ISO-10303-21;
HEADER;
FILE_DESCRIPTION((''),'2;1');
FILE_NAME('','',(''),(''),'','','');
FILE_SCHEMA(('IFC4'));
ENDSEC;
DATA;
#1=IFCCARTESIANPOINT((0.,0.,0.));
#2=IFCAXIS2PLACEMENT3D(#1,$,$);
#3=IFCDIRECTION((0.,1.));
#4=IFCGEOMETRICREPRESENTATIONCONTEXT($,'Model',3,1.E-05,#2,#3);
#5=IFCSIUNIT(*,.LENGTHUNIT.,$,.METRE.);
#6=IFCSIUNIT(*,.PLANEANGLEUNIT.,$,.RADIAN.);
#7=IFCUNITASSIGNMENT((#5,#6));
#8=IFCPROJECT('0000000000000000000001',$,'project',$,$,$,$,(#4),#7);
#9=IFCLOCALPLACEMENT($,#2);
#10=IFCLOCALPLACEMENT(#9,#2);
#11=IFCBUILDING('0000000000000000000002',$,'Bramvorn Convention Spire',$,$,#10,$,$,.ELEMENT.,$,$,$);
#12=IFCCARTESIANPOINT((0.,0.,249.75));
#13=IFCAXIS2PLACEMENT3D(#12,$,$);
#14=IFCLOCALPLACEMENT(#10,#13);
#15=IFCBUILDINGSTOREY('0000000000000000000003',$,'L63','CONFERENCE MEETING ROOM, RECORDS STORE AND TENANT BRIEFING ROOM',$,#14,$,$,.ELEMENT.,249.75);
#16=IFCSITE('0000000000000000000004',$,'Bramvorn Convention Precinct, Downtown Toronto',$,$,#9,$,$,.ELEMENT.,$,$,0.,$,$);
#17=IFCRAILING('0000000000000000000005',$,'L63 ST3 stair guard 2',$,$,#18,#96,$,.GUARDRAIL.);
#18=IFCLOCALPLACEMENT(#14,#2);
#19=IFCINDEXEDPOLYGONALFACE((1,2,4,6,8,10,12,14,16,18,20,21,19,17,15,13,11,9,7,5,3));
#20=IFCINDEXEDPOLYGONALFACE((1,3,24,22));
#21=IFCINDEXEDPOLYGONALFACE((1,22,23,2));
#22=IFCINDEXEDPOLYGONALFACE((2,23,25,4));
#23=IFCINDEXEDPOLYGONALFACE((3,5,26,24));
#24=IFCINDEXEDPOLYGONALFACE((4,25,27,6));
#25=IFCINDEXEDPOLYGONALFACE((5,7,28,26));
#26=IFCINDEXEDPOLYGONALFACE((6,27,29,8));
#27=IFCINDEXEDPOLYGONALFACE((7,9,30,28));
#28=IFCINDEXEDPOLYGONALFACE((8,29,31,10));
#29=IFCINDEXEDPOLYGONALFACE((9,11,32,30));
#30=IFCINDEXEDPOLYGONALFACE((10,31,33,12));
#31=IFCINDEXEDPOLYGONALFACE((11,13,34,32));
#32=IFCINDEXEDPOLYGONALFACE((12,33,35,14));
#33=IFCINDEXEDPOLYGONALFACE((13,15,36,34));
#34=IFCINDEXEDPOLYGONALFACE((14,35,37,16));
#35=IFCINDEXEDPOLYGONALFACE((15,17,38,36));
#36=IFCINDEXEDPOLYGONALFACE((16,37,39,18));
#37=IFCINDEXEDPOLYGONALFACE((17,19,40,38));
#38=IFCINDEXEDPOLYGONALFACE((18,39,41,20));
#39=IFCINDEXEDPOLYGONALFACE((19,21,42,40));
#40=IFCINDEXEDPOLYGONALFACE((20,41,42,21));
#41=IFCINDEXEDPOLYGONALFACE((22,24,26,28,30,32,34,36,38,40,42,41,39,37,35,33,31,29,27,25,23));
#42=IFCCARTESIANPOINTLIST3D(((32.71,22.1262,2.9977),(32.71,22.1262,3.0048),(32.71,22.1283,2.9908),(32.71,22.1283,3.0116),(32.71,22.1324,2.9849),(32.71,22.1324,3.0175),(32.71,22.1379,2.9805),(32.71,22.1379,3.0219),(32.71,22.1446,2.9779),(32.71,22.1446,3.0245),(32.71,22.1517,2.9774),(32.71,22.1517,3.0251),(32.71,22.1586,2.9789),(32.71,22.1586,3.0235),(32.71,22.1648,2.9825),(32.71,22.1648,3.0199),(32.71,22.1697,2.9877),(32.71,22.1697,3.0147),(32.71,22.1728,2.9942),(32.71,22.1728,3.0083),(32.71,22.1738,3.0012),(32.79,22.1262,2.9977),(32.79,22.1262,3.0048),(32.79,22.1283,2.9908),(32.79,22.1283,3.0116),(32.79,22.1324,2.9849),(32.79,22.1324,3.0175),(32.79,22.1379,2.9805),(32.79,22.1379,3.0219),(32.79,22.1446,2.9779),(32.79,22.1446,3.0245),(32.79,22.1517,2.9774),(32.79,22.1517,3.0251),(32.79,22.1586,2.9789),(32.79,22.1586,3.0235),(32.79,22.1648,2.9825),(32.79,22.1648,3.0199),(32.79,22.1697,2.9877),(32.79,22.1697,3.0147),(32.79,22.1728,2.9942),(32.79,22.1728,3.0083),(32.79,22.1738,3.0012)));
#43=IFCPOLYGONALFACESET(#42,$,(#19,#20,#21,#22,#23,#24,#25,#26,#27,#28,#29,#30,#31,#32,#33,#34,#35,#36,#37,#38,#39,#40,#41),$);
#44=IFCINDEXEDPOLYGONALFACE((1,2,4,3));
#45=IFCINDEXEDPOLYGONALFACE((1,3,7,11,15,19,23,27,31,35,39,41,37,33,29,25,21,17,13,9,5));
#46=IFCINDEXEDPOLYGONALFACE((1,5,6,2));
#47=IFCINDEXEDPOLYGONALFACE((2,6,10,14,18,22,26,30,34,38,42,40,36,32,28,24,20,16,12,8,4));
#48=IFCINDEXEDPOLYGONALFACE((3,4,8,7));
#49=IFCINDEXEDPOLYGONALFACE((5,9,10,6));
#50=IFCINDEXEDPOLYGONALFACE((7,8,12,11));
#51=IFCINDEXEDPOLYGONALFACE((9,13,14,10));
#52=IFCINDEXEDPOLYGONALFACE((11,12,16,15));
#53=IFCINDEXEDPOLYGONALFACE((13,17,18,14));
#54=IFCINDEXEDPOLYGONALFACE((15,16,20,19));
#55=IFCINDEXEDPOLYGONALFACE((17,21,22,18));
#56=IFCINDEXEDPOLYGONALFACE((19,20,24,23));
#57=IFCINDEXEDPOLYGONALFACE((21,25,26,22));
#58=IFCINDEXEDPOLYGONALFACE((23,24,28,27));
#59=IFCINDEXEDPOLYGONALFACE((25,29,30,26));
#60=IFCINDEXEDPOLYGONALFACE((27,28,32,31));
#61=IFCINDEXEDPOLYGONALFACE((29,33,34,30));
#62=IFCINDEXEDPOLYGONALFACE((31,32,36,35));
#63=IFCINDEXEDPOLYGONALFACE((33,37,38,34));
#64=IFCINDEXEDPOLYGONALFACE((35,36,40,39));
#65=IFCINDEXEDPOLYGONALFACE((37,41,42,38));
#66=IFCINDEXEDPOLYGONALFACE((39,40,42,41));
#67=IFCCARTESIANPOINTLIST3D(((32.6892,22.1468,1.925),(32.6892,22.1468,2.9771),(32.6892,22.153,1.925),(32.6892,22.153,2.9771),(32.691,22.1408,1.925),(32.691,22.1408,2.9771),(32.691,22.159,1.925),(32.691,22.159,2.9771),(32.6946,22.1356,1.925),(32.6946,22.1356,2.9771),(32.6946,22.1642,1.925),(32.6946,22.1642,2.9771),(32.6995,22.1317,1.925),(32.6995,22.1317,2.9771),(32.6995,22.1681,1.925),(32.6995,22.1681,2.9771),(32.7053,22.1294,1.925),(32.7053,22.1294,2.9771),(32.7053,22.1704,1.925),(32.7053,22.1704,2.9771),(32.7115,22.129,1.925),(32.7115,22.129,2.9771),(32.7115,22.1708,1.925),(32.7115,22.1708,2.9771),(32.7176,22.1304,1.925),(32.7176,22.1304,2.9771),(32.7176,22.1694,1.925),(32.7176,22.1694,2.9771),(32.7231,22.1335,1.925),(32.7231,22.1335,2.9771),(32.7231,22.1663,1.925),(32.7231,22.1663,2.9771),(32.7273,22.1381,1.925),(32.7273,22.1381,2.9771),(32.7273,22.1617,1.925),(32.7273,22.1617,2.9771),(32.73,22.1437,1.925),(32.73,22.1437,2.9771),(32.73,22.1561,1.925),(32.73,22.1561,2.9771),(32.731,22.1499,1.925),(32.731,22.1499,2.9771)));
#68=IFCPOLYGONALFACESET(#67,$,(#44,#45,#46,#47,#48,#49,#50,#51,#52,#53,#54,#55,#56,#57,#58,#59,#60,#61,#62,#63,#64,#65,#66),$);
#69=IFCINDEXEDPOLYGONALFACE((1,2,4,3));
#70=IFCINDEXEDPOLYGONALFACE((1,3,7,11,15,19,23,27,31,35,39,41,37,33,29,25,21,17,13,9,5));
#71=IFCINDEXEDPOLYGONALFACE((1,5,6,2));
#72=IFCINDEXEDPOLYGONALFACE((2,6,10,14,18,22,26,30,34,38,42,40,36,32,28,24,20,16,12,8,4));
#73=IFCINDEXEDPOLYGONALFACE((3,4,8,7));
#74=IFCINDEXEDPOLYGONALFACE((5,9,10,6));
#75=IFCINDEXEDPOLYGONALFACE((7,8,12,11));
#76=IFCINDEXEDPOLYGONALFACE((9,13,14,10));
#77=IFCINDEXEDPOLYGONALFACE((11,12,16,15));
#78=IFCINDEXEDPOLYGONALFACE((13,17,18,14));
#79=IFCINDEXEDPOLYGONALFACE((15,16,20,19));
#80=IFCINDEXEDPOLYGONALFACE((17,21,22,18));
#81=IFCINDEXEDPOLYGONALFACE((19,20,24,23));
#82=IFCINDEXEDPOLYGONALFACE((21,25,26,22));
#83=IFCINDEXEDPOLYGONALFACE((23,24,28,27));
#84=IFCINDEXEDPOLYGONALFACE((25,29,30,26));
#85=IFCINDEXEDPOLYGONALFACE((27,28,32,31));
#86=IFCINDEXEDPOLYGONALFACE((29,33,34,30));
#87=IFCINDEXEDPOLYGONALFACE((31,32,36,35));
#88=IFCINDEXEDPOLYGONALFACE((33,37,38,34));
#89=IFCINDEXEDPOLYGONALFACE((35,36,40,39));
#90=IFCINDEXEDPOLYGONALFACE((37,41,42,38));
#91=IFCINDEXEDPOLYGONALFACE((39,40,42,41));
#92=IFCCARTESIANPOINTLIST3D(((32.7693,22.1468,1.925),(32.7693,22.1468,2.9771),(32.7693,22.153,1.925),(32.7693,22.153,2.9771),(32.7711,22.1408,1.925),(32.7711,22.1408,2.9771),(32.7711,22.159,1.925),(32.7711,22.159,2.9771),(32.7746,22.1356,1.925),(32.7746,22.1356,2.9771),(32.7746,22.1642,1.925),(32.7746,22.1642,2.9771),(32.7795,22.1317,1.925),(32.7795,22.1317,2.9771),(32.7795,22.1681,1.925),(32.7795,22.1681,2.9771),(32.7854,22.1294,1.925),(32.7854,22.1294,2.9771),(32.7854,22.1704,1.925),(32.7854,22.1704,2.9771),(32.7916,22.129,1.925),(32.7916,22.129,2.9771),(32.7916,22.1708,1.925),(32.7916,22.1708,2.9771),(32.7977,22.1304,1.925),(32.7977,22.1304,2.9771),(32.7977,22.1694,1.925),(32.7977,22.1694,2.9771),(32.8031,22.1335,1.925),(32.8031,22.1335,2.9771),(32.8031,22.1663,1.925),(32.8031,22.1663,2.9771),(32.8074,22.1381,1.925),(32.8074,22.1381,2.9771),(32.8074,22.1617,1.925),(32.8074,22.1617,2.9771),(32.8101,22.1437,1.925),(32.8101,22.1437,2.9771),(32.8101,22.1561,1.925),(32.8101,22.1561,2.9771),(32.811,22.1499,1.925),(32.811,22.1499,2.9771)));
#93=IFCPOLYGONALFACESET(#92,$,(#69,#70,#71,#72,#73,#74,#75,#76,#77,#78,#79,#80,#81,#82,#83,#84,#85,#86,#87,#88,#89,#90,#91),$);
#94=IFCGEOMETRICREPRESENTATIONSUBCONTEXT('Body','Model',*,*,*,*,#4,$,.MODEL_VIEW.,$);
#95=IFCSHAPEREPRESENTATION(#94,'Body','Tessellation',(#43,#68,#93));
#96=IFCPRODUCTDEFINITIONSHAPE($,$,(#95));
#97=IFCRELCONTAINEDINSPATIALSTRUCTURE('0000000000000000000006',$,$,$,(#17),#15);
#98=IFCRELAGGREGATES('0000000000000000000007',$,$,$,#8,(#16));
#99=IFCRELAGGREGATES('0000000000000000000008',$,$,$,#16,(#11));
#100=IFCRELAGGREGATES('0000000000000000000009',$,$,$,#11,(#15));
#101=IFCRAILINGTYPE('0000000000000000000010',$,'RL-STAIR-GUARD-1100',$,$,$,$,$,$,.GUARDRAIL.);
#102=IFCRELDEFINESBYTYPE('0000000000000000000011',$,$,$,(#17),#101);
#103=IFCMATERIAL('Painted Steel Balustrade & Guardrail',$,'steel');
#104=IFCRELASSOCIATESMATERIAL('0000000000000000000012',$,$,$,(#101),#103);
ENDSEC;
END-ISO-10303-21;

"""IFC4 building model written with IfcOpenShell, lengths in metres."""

from ifc_helpers import new_model, si_unit, direction, frame, origin, origin_2d, place, context, subcontext, project, spatial, circle, extrude, material, type_object, element, save


model = new_model("IFC4")

# Units and contexts
model_context = context("Model", 3, precision=1e-05, world=origin(), true_north=direction((0.0, 1.0)))
body_context = subcontext(model_context, "Body", "Model", "MODEL_VIEW")
ifc_project = project(units=[si_unit("LENGTHUNIT", "METRE"), si_unit("PLANEANGLEUNIT", "RADIAN")], contexts=[model_context])

# Site, building, storey
site_placement = place(None, origin())
site = spatial("IfcSite", under=ifc_project, at=site_placement, Name="Bramvorn Convention Precinct, Downtown Toronto", CompositionType="ELEMENT", RefElevation=0.0)
building_placement = place(site_placement, origin())
building = spatial("IfcBuilding", under=site, at=building_placement, Name="Bramvorn Convention Spire", CompositionType="ELEMENT")
storey_placement = place(building_placement, frame((0.0, 0.0, 249.75)))
storey = spatial("IfcBuildingStorey", under=building, at=storey_placement, Name="L63", Description="CONFERENCE MEETING ROOM, RECORDS STORE AND TENANT BRIEFING ROOM", CompositionType="ELEMENT", Elevation=249.75)

# Railing
ifc_material_1 = material(Name="Painted Steel Balustrade & Guardrail", Category="steel")
railing_type_1 = type_object("IfcRailingType", Name="RL-STAIR-GUARD-1100", PredefinedType="GUARDRAIL", material=ifc_material_1)
railing_1_placement = place(storey_placement, frame((32.71, 22.1499, 1.925)))
element("IfcRailing", 1, at=railing_1_placement, inside=storey, type_object=railing_type_1, Name="L63 ST3 stair guard 2", PredefinedType="GUARDRAIL", context=body_context, shape_type="SweptSolid", body=[
    extrude(circle(Radius=0.0239, at=origin_2d()), frame((0.0, 0.0, 1.0762), z_axis=(1.0, 0.0, 0.0), x_axis=(0.0, 1.0, 0.0)), (0.0, 0.0, 1.0), 0.0801),
    extrude(circle(Radius=0.021, at=origin_2d()), origin(), (0.0, 0.0, 1.0), 1.052),
    extrude(circle(Radius=0.021, at=origin_2d()), frame((0.0801, 0.0, 0.0)), (0.0, 0.0, 1.0), 1.052),
])

save(model, "model.ifc")
